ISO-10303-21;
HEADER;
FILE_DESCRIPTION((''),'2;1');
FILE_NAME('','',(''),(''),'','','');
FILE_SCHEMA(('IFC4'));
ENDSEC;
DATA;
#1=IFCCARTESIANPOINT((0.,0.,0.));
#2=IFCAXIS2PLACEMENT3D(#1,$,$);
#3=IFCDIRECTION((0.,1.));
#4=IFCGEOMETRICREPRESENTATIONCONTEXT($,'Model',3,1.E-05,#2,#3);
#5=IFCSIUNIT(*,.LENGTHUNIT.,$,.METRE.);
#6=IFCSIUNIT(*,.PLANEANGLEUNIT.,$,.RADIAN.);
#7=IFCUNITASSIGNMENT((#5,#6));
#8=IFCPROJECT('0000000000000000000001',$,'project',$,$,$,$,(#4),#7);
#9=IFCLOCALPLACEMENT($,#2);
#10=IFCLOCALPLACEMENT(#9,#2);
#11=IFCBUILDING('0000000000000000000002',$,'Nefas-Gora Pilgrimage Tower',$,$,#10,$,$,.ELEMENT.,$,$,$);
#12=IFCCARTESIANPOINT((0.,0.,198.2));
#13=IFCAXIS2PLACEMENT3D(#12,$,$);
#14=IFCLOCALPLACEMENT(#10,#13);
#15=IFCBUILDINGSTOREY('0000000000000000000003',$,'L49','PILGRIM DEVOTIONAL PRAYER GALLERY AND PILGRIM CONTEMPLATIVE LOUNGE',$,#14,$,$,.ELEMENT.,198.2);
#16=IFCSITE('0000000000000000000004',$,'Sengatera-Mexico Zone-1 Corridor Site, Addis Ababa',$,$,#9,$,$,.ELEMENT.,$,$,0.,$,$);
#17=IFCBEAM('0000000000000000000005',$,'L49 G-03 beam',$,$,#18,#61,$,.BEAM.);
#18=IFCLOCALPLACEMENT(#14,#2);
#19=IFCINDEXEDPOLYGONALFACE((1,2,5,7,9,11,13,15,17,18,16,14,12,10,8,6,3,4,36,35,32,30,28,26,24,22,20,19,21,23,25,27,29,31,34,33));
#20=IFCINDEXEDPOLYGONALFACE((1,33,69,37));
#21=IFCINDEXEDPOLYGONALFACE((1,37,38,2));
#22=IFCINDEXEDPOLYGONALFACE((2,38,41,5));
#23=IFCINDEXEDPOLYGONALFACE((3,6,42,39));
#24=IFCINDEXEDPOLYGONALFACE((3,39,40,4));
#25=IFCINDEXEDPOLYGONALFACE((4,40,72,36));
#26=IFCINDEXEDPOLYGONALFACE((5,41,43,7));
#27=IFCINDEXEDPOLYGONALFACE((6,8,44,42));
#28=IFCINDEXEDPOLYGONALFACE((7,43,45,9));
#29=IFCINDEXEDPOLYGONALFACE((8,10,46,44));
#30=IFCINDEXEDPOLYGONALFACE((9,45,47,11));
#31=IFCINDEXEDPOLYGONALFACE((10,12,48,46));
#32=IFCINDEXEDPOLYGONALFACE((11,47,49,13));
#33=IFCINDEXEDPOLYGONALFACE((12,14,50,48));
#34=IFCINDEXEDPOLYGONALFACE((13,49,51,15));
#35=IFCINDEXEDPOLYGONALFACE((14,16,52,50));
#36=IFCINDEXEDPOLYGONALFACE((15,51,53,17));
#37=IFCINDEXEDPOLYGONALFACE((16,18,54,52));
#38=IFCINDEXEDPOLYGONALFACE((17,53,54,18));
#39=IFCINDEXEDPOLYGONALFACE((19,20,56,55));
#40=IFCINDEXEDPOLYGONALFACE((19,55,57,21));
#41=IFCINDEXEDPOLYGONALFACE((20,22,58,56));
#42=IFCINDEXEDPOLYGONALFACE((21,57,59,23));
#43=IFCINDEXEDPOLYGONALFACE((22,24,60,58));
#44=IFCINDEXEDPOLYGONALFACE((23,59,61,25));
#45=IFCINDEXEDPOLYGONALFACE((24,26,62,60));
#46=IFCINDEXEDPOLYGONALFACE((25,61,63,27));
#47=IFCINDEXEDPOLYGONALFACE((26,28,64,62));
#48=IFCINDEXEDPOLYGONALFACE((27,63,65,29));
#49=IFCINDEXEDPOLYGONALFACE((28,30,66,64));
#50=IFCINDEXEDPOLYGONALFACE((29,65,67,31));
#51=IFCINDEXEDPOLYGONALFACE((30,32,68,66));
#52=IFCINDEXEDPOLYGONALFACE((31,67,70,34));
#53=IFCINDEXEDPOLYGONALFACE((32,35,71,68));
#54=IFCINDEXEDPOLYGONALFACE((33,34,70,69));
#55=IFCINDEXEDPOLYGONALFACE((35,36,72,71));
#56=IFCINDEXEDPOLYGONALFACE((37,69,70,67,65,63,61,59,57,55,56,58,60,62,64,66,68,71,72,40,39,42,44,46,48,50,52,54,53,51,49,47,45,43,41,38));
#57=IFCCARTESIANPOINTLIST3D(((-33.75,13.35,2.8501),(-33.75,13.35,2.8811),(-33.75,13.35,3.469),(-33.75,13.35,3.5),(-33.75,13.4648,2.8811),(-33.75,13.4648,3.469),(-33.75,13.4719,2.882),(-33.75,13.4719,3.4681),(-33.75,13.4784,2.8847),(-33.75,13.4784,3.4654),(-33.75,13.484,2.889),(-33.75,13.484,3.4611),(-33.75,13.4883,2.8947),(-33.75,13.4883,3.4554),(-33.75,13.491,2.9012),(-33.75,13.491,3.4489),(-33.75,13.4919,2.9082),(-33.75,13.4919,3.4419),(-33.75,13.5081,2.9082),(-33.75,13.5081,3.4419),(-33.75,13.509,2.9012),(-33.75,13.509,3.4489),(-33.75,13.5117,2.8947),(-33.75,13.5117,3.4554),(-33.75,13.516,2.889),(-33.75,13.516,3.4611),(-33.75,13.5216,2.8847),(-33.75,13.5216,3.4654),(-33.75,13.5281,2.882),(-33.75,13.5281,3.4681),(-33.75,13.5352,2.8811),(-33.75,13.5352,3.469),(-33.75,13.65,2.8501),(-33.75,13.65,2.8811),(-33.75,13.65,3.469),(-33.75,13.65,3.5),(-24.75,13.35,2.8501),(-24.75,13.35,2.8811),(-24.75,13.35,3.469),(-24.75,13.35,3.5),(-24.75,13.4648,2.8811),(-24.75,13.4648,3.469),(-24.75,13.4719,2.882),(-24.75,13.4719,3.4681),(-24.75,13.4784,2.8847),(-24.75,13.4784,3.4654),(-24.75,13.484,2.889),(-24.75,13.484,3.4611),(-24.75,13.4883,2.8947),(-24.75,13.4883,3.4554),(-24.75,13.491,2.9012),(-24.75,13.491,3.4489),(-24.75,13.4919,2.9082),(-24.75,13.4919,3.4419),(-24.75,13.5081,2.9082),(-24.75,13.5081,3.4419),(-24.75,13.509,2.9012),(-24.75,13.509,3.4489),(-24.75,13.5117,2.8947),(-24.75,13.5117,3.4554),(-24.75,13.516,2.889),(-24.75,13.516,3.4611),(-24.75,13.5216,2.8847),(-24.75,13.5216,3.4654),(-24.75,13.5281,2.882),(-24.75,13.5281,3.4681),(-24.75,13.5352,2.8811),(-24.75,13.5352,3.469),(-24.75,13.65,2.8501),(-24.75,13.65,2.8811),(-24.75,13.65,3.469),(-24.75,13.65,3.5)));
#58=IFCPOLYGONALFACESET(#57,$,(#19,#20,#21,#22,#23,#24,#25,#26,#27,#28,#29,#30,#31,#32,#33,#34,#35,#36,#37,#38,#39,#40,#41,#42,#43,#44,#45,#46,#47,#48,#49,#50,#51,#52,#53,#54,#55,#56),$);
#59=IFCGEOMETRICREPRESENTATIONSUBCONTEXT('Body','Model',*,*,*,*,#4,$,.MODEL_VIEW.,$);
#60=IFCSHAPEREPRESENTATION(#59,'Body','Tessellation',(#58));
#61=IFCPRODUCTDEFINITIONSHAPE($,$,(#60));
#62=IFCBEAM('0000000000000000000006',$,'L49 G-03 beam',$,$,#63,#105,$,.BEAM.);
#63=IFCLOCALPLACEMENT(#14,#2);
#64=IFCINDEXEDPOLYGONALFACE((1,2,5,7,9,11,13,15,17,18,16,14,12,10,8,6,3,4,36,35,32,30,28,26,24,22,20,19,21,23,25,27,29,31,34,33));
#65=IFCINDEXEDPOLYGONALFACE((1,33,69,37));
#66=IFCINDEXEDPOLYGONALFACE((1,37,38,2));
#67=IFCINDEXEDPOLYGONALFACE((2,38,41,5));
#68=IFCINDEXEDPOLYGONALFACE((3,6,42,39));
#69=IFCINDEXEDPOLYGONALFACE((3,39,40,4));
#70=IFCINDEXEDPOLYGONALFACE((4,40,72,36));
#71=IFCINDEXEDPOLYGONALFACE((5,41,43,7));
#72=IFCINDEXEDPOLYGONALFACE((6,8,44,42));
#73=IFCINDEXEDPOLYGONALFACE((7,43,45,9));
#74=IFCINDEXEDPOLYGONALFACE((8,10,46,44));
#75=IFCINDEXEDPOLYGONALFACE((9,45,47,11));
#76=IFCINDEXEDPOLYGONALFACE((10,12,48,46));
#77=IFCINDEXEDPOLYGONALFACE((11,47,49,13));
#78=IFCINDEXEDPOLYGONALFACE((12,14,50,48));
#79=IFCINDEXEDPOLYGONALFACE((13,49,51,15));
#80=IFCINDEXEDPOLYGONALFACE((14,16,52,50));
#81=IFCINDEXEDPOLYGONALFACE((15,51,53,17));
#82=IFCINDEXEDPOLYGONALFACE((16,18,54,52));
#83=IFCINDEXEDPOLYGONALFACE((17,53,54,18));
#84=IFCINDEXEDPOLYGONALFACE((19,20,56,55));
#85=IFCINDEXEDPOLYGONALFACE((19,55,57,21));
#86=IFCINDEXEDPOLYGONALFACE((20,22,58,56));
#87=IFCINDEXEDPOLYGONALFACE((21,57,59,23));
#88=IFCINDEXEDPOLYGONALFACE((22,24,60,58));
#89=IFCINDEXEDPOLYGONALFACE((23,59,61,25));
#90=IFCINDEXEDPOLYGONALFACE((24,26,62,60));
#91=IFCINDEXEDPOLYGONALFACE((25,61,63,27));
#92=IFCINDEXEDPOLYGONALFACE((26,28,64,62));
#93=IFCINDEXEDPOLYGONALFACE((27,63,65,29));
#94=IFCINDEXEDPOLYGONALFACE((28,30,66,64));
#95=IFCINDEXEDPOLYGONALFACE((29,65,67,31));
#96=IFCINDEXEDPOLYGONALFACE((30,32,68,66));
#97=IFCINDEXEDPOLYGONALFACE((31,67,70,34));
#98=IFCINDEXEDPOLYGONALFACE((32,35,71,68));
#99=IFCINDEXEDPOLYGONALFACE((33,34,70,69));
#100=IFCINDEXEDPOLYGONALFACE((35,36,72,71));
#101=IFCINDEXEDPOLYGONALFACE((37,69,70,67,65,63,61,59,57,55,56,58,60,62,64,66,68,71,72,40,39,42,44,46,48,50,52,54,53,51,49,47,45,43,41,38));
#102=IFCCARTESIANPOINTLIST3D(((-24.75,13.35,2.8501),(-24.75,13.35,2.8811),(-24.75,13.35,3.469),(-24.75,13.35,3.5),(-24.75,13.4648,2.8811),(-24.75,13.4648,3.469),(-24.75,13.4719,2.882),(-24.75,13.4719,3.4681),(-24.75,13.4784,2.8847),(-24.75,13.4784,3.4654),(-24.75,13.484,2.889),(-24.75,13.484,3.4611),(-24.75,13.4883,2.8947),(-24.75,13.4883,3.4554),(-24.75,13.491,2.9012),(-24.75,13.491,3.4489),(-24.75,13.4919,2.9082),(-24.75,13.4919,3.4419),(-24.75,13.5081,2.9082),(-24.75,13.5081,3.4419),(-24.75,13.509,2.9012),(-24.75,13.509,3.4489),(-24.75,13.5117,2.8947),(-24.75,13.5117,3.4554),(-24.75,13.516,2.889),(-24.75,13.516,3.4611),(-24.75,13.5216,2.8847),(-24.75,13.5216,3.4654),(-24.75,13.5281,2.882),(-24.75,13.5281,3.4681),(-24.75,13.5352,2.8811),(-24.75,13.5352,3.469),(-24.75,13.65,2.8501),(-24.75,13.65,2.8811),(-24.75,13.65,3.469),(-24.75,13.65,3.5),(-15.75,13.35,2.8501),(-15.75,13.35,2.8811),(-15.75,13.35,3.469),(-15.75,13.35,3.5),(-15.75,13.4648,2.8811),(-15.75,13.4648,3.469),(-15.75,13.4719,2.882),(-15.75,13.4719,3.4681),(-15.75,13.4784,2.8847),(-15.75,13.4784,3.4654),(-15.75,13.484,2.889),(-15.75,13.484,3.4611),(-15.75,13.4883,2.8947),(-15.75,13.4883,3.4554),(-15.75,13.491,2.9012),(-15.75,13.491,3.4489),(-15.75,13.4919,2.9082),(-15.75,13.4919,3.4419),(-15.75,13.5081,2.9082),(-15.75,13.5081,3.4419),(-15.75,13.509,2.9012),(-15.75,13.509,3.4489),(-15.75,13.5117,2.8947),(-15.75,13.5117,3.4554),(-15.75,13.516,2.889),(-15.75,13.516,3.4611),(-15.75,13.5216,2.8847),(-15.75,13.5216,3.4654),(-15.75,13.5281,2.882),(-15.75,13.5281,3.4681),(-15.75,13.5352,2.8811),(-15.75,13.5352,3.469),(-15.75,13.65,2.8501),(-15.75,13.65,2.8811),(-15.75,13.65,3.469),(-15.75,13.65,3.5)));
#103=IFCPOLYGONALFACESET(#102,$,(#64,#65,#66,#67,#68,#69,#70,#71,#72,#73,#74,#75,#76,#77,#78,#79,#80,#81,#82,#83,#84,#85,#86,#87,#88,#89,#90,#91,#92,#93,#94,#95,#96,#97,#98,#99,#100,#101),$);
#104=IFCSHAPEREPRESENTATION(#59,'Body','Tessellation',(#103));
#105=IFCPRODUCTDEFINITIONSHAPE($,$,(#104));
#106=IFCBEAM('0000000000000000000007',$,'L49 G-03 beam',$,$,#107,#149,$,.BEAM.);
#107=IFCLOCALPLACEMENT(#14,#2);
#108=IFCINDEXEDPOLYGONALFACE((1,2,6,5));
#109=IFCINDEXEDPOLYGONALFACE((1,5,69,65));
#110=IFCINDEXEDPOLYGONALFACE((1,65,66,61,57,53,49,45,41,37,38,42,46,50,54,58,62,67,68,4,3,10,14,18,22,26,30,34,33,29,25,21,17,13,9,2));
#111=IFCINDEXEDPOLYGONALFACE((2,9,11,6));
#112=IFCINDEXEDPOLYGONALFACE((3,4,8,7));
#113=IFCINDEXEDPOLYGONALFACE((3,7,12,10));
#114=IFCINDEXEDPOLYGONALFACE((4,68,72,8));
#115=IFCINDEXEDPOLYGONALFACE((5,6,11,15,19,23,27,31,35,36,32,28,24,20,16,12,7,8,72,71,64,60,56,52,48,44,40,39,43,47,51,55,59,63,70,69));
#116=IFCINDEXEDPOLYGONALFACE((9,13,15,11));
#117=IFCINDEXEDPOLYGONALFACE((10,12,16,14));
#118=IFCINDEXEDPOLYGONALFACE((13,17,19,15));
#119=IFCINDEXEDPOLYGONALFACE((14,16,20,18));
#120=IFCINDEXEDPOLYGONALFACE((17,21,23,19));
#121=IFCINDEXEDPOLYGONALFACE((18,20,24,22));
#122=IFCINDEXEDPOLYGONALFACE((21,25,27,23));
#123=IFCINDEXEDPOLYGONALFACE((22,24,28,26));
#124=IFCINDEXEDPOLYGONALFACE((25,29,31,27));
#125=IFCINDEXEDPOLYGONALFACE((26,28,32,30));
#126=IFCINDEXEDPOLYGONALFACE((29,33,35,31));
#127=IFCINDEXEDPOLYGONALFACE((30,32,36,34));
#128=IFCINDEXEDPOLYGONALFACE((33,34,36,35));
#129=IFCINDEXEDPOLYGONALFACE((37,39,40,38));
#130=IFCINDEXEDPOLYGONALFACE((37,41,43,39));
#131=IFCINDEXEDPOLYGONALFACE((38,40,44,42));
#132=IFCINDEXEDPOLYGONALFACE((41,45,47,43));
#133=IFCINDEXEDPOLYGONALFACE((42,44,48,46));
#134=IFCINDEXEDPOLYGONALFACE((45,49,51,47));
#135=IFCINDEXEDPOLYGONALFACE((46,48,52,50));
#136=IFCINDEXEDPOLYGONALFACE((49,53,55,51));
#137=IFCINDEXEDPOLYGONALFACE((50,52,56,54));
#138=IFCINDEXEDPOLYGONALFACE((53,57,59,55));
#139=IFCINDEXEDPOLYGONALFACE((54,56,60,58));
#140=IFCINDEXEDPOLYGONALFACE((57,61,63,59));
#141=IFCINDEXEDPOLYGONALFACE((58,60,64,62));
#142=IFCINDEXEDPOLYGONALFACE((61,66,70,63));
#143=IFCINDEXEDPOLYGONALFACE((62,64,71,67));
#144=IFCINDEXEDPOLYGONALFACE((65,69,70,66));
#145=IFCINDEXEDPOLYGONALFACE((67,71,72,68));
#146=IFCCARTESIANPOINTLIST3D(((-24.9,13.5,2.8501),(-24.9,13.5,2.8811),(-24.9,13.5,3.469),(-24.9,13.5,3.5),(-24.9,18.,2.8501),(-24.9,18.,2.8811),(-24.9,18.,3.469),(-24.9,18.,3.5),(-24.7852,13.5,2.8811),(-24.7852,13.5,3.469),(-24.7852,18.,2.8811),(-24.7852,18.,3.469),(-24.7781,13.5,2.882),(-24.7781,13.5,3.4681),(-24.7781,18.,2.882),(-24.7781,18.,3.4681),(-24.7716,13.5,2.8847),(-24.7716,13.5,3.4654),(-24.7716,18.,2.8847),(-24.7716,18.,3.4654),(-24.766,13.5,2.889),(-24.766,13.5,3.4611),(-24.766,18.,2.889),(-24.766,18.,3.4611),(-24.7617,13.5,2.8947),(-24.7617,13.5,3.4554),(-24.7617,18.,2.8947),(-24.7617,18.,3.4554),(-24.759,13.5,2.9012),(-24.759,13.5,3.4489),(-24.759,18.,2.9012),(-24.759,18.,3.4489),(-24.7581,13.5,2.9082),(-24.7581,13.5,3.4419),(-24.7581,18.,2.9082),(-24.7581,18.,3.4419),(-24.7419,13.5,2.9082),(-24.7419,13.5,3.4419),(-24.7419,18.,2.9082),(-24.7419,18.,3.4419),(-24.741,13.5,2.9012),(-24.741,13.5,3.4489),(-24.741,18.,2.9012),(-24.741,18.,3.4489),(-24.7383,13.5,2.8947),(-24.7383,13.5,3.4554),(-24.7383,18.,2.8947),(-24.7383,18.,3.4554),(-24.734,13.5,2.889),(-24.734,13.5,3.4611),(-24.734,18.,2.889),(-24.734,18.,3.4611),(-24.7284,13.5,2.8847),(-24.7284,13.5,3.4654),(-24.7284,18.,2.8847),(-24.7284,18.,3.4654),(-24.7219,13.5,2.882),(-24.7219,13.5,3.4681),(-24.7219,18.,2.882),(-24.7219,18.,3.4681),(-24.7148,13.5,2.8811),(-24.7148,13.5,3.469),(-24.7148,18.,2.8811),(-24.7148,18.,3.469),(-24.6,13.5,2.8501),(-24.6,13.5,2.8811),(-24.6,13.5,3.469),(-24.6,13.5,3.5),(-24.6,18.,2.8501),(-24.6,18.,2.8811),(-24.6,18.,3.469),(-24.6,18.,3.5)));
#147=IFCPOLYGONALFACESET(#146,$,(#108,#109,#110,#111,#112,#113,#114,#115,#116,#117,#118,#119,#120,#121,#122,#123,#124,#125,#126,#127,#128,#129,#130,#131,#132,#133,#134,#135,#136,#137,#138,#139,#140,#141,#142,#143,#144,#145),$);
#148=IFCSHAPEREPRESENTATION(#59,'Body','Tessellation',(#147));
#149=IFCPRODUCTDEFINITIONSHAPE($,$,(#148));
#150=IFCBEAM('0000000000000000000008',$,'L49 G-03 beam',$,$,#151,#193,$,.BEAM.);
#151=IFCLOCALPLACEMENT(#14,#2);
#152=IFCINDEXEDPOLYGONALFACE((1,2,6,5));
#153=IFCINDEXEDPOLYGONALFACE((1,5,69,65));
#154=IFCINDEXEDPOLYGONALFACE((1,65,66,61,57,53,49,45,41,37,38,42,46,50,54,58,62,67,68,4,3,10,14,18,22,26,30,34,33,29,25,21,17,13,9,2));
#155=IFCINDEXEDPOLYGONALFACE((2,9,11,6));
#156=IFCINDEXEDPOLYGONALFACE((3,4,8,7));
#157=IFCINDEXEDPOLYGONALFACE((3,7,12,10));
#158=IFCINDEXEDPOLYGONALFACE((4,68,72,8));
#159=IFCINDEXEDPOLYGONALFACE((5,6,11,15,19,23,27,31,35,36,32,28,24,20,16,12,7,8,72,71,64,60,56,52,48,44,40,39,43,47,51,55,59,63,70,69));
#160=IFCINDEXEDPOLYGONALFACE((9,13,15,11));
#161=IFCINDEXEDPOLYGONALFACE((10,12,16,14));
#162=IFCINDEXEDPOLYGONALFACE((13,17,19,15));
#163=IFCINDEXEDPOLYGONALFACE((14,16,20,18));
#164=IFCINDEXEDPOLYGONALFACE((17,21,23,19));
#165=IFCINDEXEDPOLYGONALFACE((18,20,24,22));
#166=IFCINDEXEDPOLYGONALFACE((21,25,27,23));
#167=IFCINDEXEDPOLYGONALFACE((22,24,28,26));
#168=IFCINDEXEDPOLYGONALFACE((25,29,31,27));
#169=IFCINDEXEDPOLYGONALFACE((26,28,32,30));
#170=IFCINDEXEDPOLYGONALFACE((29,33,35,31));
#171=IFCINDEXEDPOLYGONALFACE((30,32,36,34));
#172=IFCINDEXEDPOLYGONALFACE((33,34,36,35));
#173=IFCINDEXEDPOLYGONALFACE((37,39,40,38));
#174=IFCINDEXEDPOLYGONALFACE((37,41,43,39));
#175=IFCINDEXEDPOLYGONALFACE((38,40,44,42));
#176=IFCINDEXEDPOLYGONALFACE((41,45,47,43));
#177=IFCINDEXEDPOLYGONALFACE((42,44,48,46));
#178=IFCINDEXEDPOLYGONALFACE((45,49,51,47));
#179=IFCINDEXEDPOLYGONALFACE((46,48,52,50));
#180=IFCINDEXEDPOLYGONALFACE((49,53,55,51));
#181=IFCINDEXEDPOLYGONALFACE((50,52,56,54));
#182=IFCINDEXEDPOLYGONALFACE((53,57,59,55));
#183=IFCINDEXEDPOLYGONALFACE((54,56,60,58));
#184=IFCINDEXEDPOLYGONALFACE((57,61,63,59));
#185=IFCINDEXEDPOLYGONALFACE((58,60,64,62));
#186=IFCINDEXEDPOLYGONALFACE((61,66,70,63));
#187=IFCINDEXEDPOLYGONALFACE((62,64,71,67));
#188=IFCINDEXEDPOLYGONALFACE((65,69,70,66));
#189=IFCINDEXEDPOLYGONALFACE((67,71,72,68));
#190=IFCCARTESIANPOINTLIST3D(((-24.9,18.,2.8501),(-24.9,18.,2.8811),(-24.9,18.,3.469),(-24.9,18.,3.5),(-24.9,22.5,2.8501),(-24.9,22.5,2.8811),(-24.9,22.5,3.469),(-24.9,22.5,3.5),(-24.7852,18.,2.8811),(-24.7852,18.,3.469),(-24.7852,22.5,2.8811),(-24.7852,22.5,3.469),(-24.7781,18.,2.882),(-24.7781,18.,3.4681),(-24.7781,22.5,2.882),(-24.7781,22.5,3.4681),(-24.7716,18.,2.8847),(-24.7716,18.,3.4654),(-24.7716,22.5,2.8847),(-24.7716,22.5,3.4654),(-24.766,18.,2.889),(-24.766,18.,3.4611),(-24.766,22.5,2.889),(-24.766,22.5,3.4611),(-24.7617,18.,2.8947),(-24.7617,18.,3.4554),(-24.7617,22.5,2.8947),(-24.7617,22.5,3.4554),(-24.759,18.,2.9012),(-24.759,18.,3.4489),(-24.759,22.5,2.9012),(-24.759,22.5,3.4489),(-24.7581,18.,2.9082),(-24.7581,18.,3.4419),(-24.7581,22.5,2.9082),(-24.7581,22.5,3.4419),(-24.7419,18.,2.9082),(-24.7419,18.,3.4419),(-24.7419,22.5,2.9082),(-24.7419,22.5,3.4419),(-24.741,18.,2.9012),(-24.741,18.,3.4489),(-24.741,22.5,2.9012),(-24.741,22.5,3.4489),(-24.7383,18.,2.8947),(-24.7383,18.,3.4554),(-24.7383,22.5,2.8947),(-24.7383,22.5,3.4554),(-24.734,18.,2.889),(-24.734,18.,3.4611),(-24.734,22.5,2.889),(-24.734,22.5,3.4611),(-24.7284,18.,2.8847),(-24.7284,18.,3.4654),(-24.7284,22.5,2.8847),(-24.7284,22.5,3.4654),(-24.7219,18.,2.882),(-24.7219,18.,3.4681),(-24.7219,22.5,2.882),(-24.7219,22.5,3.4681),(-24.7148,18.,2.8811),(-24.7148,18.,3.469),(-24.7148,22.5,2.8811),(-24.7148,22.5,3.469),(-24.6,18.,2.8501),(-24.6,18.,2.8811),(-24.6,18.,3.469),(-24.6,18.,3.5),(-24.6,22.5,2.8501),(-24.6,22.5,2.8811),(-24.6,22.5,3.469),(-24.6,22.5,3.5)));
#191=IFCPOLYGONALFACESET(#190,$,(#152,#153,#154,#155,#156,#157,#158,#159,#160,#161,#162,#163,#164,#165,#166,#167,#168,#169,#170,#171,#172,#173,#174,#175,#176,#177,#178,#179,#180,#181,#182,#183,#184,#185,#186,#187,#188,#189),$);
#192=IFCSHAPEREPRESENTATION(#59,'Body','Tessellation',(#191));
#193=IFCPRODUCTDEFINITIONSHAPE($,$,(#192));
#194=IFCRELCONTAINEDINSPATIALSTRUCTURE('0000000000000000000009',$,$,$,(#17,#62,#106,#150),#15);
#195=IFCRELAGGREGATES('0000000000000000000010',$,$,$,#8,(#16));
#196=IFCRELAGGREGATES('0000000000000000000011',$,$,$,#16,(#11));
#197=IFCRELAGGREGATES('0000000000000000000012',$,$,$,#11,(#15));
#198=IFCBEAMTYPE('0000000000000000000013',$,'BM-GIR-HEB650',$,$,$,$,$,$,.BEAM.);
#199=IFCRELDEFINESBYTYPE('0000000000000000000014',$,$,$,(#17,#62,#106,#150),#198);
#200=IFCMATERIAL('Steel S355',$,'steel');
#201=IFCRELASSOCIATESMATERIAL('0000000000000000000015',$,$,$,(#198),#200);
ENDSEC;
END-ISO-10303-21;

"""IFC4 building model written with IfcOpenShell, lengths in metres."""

from ifc_helpers import new_model, si_unit, direction, frame, origin, origin_2d, place, context, subcontext, project, spatial, i_section, extrude, source, transform, mapped, material, material_profile, profile_set, type_object, element, save


model = new_model("IFC4")

# Units and contexts
model_context = context("Model", 3, precision=1e-05, world=origin(), true_north=direction((0.0, 1.0)))
body_context = subcontext(model_context, "Body", "Model", "MODEL_VIEW")
ifc_project = project(units=[si_unit("LENGTHUNIT", "METRE"), si_unit("PLANEANGLEUNIT", "RADIAN")], contexts=[model_context])

# Site, building, storey
site_placement = place(None, origin())
site = spatial("IfcSite", under=ifc_project, at=site_placement, Name="Sengatera-Mexico Zone-1 Corridor Site, Addis Ababa", CompositionType="ELEMENT", RefElevation=0.0)
building_placement = place(site_placement, origin())
building = spatial("IfcBuilding", under=site, at=building_placement, Name="Nefas-Gora Pilgrimage Tower", CompositionType="ELEMENT")
storey_placement = place(building_placement, frame((0.0, 0.0, 198.2)))
storey = spatial("IfcBuildingStorey", under=building, at=storey_placement, Name="L49", Description="PILGRIM DEVOTIONAL PRAYER GALLERY AND PILGRIM CONTEMPLATIVE LOUNGE", CompositionType="ELEMENT", Elevation=198.2)

# Beams
ifc_material_1 = material(Name="Steel S355", Category="steel")
ifc_material_profile_1 = material_profile(ifc_material_1, i_section(OverallWidth=0.3, OverallDepth=0.6499, WebThickness=0.0161, FlangeThickness=0.031, FilletRadius=0.0271, at=origin_2d()), Name="HEB 650")
ifc_profile_set_1 = profile_set([ifc_material_profile_1], Name="Steel S355")
beam_type_1 = type_object("IfcBeamType", Name="BM-GIR-HEB650", PredefinedType="BEAM", material=ifc_profile_set_1)
shared_shape_1 = source(origin(), body_context, "Body", "SweptSolid", [
    extrude(i_section(OverallWidth=0.3, OverallDepth=0.6499, WebThickness=0.0161, FlangeThickness=0.031, FilletRadius=0.0271, at=origin_2d()), origin(), (0.0, 0.0, 1.0), 9.0),
])
for number, where, z_axis, x_axis, name in (
    (1, (-33.75, 13.5, 3.175), (1.0, 0.0, 0.0), (0.0, 1.0, 0.0), "L49 G-03 beam"),
    (2, (-24.75, 13.5, 3.175), (1.0, 0.0, 0.0), (0.0, 1.0, 0.0), "L49 G-03 beam"),
):
    element("IfcBeam", number, at=place(storey_placement, frame(where, z_axis=z_axis, x_axis=x_axis)), inside=storey, type_object=beam_type_1, Name=name, PredefinedType="BEAM", context=body_context, shape_type="MappedRepresentation", body=[
        mapped(shared_shape_1, transform((0.0, 0.0, 0.0), x_axis=(1.0, 0.0, 0.0), y_axis=(0.0, 1.0, 0.0), z_axis=(0.0, 0.0, 1.0), scale=1.0)),
    ])
shared_shape_2 = source(origin(), body_context, "Body", "SweptSolid", [
    extrude(i_section(OverallWidth=0.3, OverallDepth=0.6499, WebThickness=0.0161, FlangeThickness=0.031, FilletRadius=0.0271, at=origin_2d()), origin(), (0.0, 0.0, 1.0), 4.5),
])
for number, where, z_axis, x_axis, name in (
    (3, (-24.75, 13.5, 3.175), (0.0, 1.0, 0.0), (-1.0, 0.0, 0.0), "L49 G-03 beam"),
    (4, (-24.75, 18.0, 3.175), (0.0, 1.0, 0.0), (-1.0, 0.0, 0.0), "L49 G-03 beam"),
):
    element("IfcBeam", number, at=place(storey_placement, frame(where, z_axis=z_axis, x_axis=x_axis)), inside=storey, type_object=beam_type_1, Name=name, PredefinedType="BEAM", context=body_context, shape_type="MappedRepresentation", body=[
        mapped(shared_shape_2, transform((0.0, 0.0, 0.0), x_axis=(1.0, 0.0, 0.0), y_axis=(0.0, 1.0, 0.0), z_axis=(0.0, 0.0, 1.0), scale=1.0)),
    ])

save(model, "model.ifc")
